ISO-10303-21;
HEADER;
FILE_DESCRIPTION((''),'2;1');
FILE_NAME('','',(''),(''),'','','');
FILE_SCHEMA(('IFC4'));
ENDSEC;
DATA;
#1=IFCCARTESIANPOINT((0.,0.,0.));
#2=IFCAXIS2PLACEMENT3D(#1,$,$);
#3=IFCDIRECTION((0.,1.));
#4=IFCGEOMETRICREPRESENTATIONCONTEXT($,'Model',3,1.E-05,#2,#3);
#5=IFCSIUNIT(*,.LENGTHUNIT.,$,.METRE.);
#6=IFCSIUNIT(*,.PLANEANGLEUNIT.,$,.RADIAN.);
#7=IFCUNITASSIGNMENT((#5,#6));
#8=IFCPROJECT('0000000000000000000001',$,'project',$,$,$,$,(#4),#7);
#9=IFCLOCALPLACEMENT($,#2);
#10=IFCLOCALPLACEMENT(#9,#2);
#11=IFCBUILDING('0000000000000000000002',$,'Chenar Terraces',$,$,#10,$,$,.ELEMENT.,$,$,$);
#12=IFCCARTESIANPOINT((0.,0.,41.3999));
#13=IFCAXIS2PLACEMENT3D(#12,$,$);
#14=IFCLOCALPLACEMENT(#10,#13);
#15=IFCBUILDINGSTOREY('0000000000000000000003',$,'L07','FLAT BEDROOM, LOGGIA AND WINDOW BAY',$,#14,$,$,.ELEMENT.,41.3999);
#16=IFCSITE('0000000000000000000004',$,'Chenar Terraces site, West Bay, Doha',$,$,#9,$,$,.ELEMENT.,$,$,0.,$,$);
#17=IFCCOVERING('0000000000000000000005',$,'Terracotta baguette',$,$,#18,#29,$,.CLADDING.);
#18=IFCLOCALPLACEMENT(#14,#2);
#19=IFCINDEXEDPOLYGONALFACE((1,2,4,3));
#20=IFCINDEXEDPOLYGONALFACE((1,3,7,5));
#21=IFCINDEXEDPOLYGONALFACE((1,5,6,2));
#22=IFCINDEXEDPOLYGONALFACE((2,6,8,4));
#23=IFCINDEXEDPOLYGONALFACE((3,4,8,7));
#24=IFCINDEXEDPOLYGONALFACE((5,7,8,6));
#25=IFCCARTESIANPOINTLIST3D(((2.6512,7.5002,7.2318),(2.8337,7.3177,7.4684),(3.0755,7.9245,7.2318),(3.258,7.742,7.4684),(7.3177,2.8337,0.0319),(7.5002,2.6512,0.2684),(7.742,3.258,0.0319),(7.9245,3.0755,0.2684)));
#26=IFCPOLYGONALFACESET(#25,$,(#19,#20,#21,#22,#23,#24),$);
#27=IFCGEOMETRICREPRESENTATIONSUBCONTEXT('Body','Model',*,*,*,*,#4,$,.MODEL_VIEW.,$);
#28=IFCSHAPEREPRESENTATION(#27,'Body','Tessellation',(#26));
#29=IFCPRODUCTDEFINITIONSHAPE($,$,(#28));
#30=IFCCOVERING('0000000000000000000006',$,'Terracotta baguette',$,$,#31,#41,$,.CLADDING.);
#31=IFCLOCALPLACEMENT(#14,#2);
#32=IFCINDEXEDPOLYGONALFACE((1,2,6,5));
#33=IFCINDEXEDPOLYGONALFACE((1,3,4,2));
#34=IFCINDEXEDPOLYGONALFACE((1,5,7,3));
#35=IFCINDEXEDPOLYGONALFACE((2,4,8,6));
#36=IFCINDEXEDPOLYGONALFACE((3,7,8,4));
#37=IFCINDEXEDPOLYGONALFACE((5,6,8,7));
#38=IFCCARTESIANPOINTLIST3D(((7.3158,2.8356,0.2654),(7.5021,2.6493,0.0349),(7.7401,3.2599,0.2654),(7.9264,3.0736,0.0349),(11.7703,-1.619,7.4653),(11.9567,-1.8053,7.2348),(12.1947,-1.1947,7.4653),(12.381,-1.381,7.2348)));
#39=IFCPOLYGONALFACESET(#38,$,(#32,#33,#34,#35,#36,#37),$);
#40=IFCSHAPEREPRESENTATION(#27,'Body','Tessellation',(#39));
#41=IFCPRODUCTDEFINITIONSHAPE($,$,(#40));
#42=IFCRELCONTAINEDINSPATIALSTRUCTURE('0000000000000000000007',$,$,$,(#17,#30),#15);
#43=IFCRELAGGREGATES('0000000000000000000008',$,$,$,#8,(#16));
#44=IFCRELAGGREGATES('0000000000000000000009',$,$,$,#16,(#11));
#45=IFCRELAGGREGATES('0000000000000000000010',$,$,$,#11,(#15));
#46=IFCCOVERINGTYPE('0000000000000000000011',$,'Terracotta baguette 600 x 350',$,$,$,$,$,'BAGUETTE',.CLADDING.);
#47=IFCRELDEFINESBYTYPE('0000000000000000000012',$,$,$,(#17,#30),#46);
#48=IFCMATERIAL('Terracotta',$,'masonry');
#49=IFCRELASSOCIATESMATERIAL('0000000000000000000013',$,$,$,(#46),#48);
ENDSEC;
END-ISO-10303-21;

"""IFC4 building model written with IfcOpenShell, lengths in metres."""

from ifc_helpers import new_model, si_unit, direction, frame, origin, origin_2d, place, context, subcontext, project, spatial, rectangle, extrude, material, material_profile, profile_set, type_object, element, save


model = new_model("IFC4")

# Units and contexts
model_context = context("Model", 3, precision=1e-05, world=origin(), true_north=direction((0.0, 1.0)))
body_context = subcontext(model_context, "Body", "Model", "MODEL_VIEW")
ifc_project = project(units=[si_unit("LENGTHUNIT", "METRE"), si_unit("PLANEANGLEUNIT", "RADIAN")], contexts=[model_context])

# Site, building, storey
site_placement = place(None, origin())
site = spatial("IfcSite", under=ifc_project, at=site_placement, Name="Chenar Terraces site, West Bay, Doha", CompositionType="ELEMENT", RefElevation=0.0)
building_placement = place(site_placement, origin())
building = spatial("IfcBuilding", under=site, at=building_placement, Name="Chenar Terraces", CompositionType="ELEMENT")
storey_placement = place(building_placement, frame((0.0, 0.0, 41.3999)))
storey = spatial("IfcBuildingStorey", under=building, at=storey_placement, Name="L07", Description="FLAT BEDROOM, LOGGIA AND WINDOW BAY", CompositionType="ELEMENT", Elevation=41.3999)

# Coverings
ifc_material_1 = material(Name="Terracotta", Category="masonry")
ifc_material_profile = material_profile(ifc_material_1, rectangle(XDim=0.6001, YDim=0.3501, at=origin_2d()), Name="Terracotta baguette 600 x 350")
ifc_profile_set = profile_set([ifc_material_profile], Name="Terracotta")
covering_type = type_object("IfcCoveringType", Name="Terracotta baguette 600 x 350", ElementType="BAGUETTE", PredefinedType="CLADDING", material=ifc_profile_set)
covering_1_placement = place(storey_placement, frame((2.9546, 7.6211, 7.3501), z_axis=(0.477789, -0.477789, -0.737181), x_axis=(0.707107, 0.707107, 0.0)))
element("IfcCovering", 1, at=covering_1_placement, inside=storey, type_object=covering_type, Name="Terracotta baguette", PredefinedType="CLADDING", context=body_context, shape_type="SweptSolid", body=[
    extrude(rectangle(XDim=0.6001, YDim=0.3501, at=origin_2d()), origin(), (0.0, 0.0, 1.0), 9.7668),
])
covering_2_placement = place(storey_placement, frame((7.6211, 2.9546, 0.1501), z_axis=(0.465624, -0.465624, 0.752588), x_axis=(0.707107, 0.707107, 0.0)))
element("IfcCovering", 2, at=covering_2_placement, inside=storey, type_object=covering_type, Name="Terracotta baguette", PredefinedType="CLADDING", context=body_context, shape_type="SweptSolid", body=[
    extrude(rectangle(XDim=0.6001, YDim=0.3501, at=origin_2d()), origin(), (0.0, 0.0, 1.0), 9.5669),
])

save(model, "model.ifc")
